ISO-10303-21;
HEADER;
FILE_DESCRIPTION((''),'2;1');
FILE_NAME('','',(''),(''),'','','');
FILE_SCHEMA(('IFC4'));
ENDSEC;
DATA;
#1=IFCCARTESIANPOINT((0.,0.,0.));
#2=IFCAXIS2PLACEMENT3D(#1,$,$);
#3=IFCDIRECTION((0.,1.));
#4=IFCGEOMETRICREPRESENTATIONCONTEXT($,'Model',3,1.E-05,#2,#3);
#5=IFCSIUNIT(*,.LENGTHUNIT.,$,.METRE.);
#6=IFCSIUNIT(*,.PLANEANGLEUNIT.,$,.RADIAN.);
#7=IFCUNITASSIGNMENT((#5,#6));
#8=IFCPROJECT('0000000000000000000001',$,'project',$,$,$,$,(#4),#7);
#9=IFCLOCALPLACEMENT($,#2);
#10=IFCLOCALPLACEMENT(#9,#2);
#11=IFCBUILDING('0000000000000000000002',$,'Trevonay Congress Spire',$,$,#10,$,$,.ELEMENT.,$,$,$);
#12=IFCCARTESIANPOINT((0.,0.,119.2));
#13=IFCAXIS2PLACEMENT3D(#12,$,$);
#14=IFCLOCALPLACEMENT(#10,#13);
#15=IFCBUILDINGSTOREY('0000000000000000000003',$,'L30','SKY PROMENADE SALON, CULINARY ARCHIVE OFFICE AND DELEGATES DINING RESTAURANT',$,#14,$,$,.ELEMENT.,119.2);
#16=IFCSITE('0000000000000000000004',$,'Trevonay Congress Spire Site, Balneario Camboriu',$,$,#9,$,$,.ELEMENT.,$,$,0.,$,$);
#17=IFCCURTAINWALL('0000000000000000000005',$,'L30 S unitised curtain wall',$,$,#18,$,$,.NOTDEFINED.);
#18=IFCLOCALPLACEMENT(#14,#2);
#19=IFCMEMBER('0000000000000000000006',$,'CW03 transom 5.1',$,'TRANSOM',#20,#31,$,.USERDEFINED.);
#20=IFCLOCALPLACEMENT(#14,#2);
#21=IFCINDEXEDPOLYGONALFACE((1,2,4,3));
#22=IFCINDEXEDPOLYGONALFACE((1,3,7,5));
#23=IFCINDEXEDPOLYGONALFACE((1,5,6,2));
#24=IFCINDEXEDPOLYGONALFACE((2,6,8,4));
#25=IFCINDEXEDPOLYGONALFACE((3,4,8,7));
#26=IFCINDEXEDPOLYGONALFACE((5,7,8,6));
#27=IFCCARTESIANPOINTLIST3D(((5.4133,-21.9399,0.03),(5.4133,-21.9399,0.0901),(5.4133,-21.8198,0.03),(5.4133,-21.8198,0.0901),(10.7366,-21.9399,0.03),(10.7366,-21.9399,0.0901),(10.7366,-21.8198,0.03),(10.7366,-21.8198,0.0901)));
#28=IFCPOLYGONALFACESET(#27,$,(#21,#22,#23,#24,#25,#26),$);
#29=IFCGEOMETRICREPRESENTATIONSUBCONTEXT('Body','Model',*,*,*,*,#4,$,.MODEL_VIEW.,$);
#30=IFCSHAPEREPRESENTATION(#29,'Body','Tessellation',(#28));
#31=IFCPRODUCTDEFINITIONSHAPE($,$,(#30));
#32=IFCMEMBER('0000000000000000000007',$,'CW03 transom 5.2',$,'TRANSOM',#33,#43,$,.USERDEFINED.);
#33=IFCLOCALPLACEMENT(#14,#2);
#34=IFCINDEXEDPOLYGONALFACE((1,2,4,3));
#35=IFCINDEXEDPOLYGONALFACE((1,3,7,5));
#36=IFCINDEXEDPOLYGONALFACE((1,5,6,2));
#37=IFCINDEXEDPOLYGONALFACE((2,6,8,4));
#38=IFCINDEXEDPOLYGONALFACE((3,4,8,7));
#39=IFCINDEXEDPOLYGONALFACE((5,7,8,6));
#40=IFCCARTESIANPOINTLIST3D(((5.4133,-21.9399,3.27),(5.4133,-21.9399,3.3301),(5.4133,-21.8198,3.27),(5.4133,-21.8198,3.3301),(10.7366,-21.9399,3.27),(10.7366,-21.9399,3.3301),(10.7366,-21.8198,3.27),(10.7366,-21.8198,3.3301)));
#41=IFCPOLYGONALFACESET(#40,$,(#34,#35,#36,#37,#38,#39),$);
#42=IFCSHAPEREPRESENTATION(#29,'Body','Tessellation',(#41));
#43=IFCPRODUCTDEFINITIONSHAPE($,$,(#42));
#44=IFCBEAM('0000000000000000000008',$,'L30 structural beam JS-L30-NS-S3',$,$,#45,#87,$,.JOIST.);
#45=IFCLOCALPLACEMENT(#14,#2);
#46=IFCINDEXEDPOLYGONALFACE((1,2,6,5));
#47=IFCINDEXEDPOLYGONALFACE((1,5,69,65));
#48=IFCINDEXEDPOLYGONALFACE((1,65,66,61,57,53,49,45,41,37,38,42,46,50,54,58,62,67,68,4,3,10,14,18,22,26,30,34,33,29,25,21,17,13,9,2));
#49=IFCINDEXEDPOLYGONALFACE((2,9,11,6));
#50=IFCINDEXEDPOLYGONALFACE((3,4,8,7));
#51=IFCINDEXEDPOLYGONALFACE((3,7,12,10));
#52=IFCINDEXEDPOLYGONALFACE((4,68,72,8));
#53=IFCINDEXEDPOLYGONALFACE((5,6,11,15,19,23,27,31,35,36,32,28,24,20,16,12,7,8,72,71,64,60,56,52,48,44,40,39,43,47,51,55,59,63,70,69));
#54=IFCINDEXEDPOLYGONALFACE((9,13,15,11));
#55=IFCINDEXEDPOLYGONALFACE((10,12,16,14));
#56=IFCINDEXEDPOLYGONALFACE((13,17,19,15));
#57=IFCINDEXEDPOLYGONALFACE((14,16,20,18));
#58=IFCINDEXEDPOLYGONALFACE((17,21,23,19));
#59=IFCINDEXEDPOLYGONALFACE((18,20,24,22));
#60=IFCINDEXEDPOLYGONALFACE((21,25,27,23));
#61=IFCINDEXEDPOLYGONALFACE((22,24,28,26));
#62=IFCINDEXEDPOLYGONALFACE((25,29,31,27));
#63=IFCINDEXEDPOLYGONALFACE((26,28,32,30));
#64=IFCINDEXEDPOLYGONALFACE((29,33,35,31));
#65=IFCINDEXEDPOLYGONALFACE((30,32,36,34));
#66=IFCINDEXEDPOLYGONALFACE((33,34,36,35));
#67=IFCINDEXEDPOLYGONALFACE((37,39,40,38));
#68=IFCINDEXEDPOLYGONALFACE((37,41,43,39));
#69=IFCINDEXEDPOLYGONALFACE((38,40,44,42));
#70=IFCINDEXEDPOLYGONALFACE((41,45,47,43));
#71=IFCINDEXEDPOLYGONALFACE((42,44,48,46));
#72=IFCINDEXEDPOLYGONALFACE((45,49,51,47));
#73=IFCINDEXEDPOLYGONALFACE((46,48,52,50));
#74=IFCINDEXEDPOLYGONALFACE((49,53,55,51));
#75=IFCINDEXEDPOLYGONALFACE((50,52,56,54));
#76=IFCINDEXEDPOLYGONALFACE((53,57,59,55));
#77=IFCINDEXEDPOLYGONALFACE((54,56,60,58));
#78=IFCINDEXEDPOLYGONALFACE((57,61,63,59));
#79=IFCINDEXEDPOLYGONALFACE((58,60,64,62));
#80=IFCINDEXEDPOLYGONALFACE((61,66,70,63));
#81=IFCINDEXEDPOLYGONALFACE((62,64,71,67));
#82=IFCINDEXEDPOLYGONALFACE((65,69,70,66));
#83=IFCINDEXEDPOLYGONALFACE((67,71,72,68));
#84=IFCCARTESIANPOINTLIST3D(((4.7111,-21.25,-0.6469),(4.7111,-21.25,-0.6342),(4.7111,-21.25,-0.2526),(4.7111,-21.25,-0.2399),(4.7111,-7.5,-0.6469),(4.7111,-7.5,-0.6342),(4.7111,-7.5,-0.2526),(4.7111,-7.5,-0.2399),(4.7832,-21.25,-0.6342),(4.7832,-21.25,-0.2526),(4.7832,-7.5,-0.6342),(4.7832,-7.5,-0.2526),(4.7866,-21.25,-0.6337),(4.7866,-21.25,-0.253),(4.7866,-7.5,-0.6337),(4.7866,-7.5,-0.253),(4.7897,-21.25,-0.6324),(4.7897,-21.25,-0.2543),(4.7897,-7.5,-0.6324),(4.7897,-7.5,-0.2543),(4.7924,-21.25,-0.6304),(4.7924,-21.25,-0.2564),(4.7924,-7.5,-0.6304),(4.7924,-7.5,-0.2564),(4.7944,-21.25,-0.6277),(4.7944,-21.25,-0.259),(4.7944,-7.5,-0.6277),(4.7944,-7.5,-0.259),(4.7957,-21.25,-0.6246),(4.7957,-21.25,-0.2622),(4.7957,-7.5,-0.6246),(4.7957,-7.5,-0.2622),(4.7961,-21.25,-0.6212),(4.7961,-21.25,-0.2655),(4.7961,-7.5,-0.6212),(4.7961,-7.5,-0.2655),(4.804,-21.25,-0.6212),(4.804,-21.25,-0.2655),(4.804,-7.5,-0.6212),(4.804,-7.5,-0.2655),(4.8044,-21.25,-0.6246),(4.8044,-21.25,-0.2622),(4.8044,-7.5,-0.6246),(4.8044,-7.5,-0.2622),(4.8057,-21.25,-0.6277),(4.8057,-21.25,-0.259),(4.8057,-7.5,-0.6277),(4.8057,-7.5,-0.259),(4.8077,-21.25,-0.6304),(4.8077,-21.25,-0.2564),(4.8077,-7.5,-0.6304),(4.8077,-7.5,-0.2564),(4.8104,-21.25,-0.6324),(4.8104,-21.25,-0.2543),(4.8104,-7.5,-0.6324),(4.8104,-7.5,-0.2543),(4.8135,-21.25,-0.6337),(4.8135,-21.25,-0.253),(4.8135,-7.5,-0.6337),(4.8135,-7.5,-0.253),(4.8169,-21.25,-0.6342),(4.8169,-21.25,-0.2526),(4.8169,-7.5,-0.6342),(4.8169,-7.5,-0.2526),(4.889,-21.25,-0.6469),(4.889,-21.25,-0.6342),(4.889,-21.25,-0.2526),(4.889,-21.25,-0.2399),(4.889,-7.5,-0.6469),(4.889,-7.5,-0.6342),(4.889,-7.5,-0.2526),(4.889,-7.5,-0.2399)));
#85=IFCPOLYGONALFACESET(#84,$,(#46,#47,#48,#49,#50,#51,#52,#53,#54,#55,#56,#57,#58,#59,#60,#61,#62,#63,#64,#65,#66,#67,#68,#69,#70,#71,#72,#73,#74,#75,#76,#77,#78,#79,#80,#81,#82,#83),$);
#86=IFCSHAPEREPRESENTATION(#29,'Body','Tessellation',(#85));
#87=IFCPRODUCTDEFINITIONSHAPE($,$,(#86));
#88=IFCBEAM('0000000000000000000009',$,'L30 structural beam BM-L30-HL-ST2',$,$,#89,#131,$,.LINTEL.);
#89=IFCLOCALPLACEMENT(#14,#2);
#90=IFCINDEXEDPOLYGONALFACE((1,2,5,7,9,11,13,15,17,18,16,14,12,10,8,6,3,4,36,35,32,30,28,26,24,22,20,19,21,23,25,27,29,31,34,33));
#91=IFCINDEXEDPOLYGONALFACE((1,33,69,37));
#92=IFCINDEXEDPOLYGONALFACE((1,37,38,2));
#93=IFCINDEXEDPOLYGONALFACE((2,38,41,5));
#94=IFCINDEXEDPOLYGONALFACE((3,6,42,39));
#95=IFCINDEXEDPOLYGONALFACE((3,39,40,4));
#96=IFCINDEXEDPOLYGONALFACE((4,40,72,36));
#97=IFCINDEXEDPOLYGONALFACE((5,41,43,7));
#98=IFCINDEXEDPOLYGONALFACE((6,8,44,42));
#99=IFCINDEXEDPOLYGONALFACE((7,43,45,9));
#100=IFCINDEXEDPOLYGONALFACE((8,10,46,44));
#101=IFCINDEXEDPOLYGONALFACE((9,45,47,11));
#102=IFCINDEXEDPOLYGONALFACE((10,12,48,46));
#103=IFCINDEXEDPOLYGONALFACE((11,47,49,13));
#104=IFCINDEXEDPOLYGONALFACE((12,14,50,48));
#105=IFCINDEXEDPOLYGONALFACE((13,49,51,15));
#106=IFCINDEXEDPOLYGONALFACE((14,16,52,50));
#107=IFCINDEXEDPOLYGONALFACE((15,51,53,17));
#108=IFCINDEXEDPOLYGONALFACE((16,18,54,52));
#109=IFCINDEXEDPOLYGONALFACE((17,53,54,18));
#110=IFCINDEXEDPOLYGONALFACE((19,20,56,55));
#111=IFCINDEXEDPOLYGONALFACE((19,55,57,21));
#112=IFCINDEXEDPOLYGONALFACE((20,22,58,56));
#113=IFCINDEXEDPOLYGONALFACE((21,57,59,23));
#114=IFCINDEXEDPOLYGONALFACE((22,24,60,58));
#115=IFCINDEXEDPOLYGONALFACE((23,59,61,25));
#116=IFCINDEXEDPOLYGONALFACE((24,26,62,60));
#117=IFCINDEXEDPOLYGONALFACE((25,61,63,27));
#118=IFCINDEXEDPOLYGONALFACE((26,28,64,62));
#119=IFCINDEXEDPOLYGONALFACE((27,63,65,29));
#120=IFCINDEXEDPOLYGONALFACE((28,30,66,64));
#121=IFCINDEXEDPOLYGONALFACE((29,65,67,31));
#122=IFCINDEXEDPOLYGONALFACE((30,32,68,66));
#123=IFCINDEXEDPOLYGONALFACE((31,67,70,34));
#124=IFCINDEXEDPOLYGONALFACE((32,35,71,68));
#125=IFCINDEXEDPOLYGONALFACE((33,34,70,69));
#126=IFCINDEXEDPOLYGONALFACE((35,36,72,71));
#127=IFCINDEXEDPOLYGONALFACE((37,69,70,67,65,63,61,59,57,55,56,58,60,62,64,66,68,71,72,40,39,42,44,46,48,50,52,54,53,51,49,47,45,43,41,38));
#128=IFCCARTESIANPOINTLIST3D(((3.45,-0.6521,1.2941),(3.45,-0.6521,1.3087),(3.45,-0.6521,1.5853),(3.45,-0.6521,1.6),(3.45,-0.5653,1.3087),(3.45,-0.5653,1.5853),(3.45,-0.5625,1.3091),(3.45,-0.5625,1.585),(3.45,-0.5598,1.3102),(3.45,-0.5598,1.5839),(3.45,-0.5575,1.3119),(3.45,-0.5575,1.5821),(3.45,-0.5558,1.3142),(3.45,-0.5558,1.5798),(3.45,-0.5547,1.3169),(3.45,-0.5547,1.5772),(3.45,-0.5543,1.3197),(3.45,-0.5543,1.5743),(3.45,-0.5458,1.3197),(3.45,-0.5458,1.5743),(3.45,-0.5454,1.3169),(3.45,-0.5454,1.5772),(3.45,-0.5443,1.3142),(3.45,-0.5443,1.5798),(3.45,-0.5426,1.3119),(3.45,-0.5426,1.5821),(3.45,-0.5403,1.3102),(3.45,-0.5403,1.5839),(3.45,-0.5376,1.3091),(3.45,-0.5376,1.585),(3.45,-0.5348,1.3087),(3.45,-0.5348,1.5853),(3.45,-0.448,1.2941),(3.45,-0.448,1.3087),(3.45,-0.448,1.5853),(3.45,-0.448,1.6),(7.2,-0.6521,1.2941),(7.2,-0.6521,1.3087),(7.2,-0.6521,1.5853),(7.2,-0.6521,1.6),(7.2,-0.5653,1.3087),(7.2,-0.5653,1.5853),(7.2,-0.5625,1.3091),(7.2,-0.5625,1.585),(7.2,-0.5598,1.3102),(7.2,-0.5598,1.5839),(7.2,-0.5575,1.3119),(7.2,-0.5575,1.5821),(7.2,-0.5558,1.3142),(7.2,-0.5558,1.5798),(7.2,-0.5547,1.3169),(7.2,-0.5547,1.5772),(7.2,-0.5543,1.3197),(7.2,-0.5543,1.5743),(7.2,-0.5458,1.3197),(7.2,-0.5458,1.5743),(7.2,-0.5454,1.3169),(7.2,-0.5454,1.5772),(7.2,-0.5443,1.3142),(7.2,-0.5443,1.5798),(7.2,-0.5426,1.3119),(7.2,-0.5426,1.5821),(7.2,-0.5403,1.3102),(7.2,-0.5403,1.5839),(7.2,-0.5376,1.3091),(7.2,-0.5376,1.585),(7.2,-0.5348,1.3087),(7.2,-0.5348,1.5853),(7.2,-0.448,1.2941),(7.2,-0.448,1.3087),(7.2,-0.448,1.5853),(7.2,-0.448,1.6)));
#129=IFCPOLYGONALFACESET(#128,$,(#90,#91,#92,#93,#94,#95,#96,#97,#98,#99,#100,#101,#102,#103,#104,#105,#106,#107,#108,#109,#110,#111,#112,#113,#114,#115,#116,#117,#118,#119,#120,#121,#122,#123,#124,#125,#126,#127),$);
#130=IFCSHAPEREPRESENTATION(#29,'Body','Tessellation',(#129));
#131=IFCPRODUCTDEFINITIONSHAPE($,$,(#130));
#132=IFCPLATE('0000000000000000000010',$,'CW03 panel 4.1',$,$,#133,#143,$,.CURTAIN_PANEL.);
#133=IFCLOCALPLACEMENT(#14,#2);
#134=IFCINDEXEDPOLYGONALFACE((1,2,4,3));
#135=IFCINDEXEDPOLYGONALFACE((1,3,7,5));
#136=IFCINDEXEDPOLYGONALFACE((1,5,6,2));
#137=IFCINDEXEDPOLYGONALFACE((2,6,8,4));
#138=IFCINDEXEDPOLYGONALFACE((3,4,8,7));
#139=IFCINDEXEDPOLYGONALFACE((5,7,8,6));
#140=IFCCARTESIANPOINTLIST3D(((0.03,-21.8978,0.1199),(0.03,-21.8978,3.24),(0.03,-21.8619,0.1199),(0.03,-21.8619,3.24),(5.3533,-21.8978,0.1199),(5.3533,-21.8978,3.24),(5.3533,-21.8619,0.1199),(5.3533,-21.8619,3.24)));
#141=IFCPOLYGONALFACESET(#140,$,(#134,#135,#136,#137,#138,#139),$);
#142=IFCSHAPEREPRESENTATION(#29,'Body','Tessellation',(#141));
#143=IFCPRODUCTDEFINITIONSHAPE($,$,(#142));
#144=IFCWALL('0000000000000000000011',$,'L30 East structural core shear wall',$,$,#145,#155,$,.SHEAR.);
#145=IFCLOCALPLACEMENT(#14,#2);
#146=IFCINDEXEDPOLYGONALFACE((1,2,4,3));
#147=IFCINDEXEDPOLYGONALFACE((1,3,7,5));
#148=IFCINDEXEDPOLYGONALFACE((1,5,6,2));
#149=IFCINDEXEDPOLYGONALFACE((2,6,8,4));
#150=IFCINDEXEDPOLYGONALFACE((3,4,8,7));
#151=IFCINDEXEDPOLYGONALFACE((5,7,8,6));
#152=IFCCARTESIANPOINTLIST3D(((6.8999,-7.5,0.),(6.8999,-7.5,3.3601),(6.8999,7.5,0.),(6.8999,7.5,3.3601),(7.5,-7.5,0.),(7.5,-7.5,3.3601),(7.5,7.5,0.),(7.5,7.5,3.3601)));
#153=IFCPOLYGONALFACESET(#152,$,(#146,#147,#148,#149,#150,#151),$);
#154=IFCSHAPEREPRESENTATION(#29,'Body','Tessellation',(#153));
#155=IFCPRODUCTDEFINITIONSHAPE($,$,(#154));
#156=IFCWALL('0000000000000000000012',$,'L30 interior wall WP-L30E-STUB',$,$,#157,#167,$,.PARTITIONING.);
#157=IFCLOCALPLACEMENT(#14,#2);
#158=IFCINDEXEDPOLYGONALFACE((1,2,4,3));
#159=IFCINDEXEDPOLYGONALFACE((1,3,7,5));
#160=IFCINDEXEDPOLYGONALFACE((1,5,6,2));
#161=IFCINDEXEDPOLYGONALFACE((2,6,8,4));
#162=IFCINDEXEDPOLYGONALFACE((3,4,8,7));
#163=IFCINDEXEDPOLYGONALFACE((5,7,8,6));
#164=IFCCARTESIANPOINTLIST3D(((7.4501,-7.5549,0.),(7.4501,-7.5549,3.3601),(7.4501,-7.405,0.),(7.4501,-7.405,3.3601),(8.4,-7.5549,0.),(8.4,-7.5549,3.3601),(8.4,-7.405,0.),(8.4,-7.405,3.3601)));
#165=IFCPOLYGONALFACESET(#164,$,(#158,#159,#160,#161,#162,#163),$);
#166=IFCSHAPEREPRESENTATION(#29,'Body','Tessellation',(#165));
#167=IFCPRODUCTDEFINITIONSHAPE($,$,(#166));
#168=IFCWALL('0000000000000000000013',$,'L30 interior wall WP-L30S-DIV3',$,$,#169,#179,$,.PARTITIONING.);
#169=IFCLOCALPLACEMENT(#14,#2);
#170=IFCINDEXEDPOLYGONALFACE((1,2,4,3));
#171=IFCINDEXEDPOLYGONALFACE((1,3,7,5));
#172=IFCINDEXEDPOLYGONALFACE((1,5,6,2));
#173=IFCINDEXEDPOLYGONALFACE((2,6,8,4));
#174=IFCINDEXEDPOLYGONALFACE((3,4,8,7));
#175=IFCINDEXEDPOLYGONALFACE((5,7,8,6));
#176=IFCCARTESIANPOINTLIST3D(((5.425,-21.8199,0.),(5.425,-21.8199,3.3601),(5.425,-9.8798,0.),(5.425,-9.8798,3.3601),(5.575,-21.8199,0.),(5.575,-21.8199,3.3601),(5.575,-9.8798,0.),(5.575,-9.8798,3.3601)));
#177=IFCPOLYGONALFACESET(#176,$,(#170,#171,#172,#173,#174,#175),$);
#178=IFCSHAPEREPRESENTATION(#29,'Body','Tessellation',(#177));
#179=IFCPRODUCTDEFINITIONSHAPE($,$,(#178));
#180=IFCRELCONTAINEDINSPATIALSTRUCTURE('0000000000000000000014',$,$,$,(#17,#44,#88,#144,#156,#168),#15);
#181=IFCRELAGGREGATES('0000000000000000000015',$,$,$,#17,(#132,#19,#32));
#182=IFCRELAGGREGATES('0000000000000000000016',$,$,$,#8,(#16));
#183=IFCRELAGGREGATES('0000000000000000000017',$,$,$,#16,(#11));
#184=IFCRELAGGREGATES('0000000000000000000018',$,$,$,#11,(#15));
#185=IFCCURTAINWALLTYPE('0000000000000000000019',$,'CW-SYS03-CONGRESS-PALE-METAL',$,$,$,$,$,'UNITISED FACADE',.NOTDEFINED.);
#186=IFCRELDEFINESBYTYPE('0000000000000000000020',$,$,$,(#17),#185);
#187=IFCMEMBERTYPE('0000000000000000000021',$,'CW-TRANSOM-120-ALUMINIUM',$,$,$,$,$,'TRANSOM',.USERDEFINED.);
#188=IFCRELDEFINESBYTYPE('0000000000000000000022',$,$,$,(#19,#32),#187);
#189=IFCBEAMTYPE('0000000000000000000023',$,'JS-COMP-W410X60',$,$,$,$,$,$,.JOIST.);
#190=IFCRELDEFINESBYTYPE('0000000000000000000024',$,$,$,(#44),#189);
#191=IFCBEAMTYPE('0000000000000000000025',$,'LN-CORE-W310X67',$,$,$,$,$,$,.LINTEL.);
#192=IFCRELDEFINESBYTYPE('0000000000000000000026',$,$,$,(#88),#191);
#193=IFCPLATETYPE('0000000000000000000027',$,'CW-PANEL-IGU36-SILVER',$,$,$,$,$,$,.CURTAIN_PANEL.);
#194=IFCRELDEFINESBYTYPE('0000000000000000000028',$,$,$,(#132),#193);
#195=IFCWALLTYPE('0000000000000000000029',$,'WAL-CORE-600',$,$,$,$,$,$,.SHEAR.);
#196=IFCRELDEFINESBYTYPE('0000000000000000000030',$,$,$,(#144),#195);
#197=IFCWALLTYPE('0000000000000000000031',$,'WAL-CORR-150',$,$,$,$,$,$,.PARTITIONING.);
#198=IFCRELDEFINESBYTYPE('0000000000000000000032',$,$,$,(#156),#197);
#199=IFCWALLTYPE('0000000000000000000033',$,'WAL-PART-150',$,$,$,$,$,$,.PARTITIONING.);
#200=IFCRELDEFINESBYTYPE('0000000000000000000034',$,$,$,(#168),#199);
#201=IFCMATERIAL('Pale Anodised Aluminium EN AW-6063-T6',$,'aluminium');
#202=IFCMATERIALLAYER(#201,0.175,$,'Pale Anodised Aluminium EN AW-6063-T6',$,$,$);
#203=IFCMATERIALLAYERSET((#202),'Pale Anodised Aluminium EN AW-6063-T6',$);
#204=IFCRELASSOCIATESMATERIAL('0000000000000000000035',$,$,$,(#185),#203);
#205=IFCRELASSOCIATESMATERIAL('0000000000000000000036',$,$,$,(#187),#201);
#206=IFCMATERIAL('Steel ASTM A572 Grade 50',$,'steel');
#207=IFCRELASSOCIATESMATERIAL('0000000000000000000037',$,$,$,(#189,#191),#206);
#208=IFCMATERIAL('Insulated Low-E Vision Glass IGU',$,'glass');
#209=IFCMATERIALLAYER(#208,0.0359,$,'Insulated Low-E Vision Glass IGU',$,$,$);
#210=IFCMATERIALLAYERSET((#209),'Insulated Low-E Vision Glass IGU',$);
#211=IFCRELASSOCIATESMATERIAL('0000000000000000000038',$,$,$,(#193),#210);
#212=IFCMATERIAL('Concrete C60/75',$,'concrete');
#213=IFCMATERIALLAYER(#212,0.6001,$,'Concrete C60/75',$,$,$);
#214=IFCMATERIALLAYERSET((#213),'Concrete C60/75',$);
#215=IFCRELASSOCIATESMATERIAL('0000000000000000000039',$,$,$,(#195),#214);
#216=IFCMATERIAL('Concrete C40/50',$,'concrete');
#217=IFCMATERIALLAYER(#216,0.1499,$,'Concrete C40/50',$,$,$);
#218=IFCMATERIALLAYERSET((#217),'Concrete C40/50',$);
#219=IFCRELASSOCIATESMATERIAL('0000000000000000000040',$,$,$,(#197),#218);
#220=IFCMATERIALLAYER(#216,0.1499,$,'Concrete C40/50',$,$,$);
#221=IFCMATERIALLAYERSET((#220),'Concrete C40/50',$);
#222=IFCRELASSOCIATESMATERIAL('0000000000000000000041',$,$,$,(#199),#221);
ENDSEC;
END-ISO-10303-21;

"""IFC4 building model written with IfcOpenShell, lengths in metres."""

from ifc_helpers import new_model, si_unit, direction, frame, frame_2d, origin, origin_2d, place, context, subcontext, project, spatial, rectangle, i_section, extrude, material, layer, layer_set, material_profile, profile_set, type_object, element, aggregate, save


model = new_model("IFC4")

# Units and contexts
model_context = context("Model", 3, precision=1e-05, world=origin(), true_north=direction((0.0, 1.0)))
body_context = subcontext(model_context, "Body", "Model", "MODEL_VIEW")
ifc_project = project(units=[si_unit("LENGTHUNIT", "METRE"), si_unit("PLANEANGLEUNIT", "RADIAN")], contexts=[model_context])

# Site, building, storey
site_placement = place(None, origin())
site = spatial("IfcSite", under=ifc_project, at=site_placement, Name="Trevonay Congress Spire Site, Balneario Camboriu", CompositionType="ELEMENT", RefElevation=0.0)
building_placement = place(site_placement, origin())
building = spatial("IfcBuilding", under=site, at=building_placement, Name="Trevonay Congress Spire", CompositionType="ELEMENT")
storey_placement = place(building_placement, frame((0.0, 0.0, 119.2)))
storey = spatial("IfcBuildingStorey", under=building, at=storey_placement, Name="L30", Description="SKY PROMENADE SALON, CULINARY ARCHIVE OFFICE AND DELEGATES DINING RESTAURANT", CompositionType="ELEMENT", Elevation=119.2)

# Shared definitions
ifc_material_1 = material(Name="Steel ASTM A572 Grade 50", Category="steel")

# Curtain wall, members
ifc_material_2 = material(Name="Pale Anodised Aluminium EN AW-6063-T6", Category="aluminium")
ifc_layer_1 = layer(ifc_material_2, 0.175, Name="Pale Anodised Aluminium EN AW-6063-T6")
ifc_layer_set_1 = layer_set([ifc_layer_1], Name="Pale Anodised Aluminium EN AW-6063-T6")
curtain_wall_type = type_object("IfcCurtainWallType", Name="CW-SYS03-CONGRESS-PALE-METAL", ElementType="UNITISED FACADE", PredefinedType="NOTDEFINED", material=ifc_layer_set_1)
curtain_wall_placement = place(storey_placement, origin())
curtain_wall = element("IfcCurtainWall", 1, at=curtain_wall_placement, inside=storey, type_object=curtain_wall_type, Name="L30 S unitised curtain wall", PredefinedType="NOTDEFINED")
ifc_material_profile_1 = material_profile(ifc_material_2, rectangle(XDim=0.1201, YDim=0.0601, at=origin_2d()), Name="CW-TRANSOM-120-ALUMINIUM")
ifc_profile_set_1 = profile_set([ifc_material_profile_1], Name="Pale Anodised Aluminium EN AW-6063-T6")
member_type_1 = type_object("IfcMemberType", Name="CW-TRANSOM-120-ALUMINIUM", ElementType="TRANSOM", PredefinedType="USERDEFINED", material=ifc_profile_set_1)
member_1_placement = place(storey_placement, frame((5.4133, -21.8799, 0.0601), z_axis=(1.0, 0.0, 0.0), x_axis=(0.0, 1.0, 0.0)))
member_1 = element("IfcMember", 2, at=member_1_placement, type_object=member_type_1, Name="CW03 transom 5.1", ObjectType="TRANSOM", PredefinedType="USERDEFINED", context=body_context, shape_type="SweptSolid", body=[
    extrude(rectangle(XDim=0.1201, YDim=0.0601, at=origin_2d()), origin(), (0.0, 0.0, 1.0), 5.3232),
])
member_2_placement = place(storey_placement, frame((5.4133, -21.8799, 3.3), z_axis=(1.0, 0.0, 0.0), x_axis=(0.0, 1.0, 0.0)))
member_2 = element("IfcMember", 3, at=member_2_placement, type_object=member_type_1, Name="CW03 transom 5.2", ObjectType="TRANSOM", PredefinedType="USERDEFINED", context=body_context, shape_type="SweptSolid", body=[
    extrude(rectangle(XDim=0.1201, YDim=0.0601, at=origin_2d()), origin(), (0.0, 0.0, 1.0), 5.3232),
])

# Beams
ifc_material_profile_2 = material_profile(ifc_material_1, i_section(OverallWidth=0.178, OverallDepth=0.407, WebThickness=0.0078, FlangeThickness=0.0127, FilletRadius=0.0129, at=origin_2d()), Name="W410x60")
ifc_profile_set_2 = profile_set([ifc_material_profile_2], Name="Steel ASTM A572 Grade 50")
beam_type_1 = type_object("IfcBeamType", Name="JS-COMP-W410X60", PredefinedType="JOIST", material=ifc_profile_set_2)
beam_1_placement = place(storey_placement, frame((4.8, -21.25, -0.4434), z_axis=(0.0, 1.0, 0.0), x_axis=(-1.0, 0.0, 0.0)))
element("IfcBeam", 4, at=beam_1_placement, inside=storey, type_object=beam_type_1, Name="L30 structural beam JS-L30-NS-S3", PredefinedType="JOIST", context=body_context, shape_type="SweptSolid", body=[
    extrude(i_section(OverallWidth=0.178, OverallDepth=0.407, WebThickness=0.0078, FlangeThickness=0.0127, FilletRadius=0.0129, at=origin_2d()), origin(), (0.0, 0.0, 1.0), 13.75),
])
ifc_material_profile_3 = material_profile(ifc_material_1, i_section(OverallWidth=0.2041, OverallDepth=0.3059, WebThickness=0.0085, FlangeThickness=0.0146, FilletRadius=0.011, at=origin_2d()), Name="W310x67")
ifc_profile_set_3 = profile_set([ifc_material_profile_3], Name="Steel ASTM A572 Grade 50")
beam_type_2 = type_object("IfcBeamType", Name="LN-CORE-W310X67", PredefinedType="LINTEL", material=ifc_profile_set_3)
beam_2_placement = place(storey_placement, frame((3.45, -0.55, 1.447), z_axis=(1.0, 0.0, 0.0), x_axis=(0.0, 1.0, 0.0)))
element("IfcBeam", 5, at=beam_2_placement, inside=storey, type_object=beam_type_2, Name="L30 structural beam BM-L30-HL-ST2", PredefinedType="LINTEL", context=body_context, shape_type="SweptSolid", body=[
    extrude(i_section(OverallWidth=0.2041, OverallDepth=0.3059, WebThickness=0.0085, FlangeThickness=0.0146, FilletRadius=0.011, at=origin_2d()), origin(), (0.0, 0.0, 1.0), 3.75),
])

# Plate
ifc_material_3 = material(Name="Insulated Low-E Vision Glass IGU", Category="glass")
ifc_layer_2 = layer(ifc_material_3, 0.0359, Name="Insulated Low-E Vision Glass IGU")
ifc_layer_set_2 = layer_set([ifc_layer_2], Name="Insulated Low-E Vision Glass IGU")
plate_type = type_object("IfcPlateType", Name="CW-PANEL-IGU36-SILVER", PredefinedType="CURTAIN_PANEL", material=ifc_layer_set_2)
plate_placement = place(storey_placement, frame((2.6917, -21.8799, 0.1199), z_axis=(0.0, 0.0, 1.0), x_axis=(1.0, 0.0, 0.0)))
plate = element("IfcPlate", 6, at=plate_placement, type_object=plate_type, Name="CW03 panel 4.1", PredefinedType="CURTAIN_PANEL", context=body_context, shape_type="SweptSolid", body=[
    extrude(rectangle(XDim=5.3232, YDim=0.0359, at=origin_2d()), origin(), (0.0, 0.0, 1.0), 3.1201),
])
aggregate(curtain_wall, [plate, member_1, member_2])

# Walls
ifc_material_4 = material(Name="Concrete C60/75", Category="concrete")
ifc_layer_3 = layer(ifc_material_4, 0.6001, Name="Concrete C60/75")
ifc_layer_set_3 = layer_set([ifc_layer_3], Name="Concrete C60/75")
wall_type_1 = type_object("IfcWallType", Name="WAL-CORE-600", PredefinedType="SHEAR", material=ifc_layer_set_3)
wall_1_placement = place(storey_placement, frame((7.2, -7.5, 0.0), z_axis=(0.0, 0.0, 1.0), x_axis=(0.0, 1.0, 0.0)))
element("IfcWall", 7, at=wall_1_placement, inside=storey, type_object=wall_type_1, Name="L30 East structural core shear wall", PredefinedType="SHEAR", context=body_context, shape_type="SweptSolid", body=[
    extrude(rectangle(XDim=15.0, YDim=0.6001, at=frame_2d((7.5, 0.0))), origin(), (0.0, 0.0, 1.0), 3.3601),
])
ifc_material_5 = material(Name="Concrete C40/50", Category="concrete")
ifc_layer_4 = layer(ifc_material_5, 0.1499, Name="Concrete C40/50")
ifc_layer_set_4 = layer_set([ifc_layer_4], Name="Concrete C40/50")
wall_type_2 = type_object("IfcWallType", Name="WAL-CORR-150", PredefinedType="PARTITIONING", material=ifc_layer_set_4)
wall_2_placement = place(storey_placement, frame((7.45, -7.48, 0.0), z_axis=(0.0, 0.0, 1.0), x_axis=(1.0, 0.0, 0.0)))
element("IfcWall", 8, at=wall_2_placement, inside=storey, type_object=wall_type_2, Name="L30 interior wall WP-L30E-STUB", PredefinedType="PARTITIONING", context=body_context, shape_type="SweptSolid", body=[
    extrude(rectangle(XDim=0.95, YDim=0.1499, at=frame_2d((0.4751, 0.0))), origin(), (0.0, 0.0, 1.0), 3.3601),
])
ifc_layer_5 = layer(ifc_material_5, 0.1499, Name="Concrete C40/50")
ifc_layer_set_5 = layer_set([ifc_layer_5], Name="Concrete C40/50")
wall_type_3 = type_object("IfcWallType", Name="WAL-PART-150", PredefinedType="PARTITIONING", material=ifc_layer_set_5)
wall_3_placement = place(storey_placement, frame((5.5, -21.8201, 0.0), z_axis=(0.0, 0.0, 1.0), x_axis=(0.0, 1.0, 0.0)))
element("IfcWall", 9, at=wall_3_placement, inside=storey, type_object=wall_type_3, Name="L30 interior wall WP-L30S-DIV3", PredefinedType="PARTITIONING", context=body_context, shape_type="SweptSolid", body=[
    extrude(rectangle(XDim=11.9402, YDim=0.1499, at=frame_2d((5.9702, 0.0))), origin(), (0.0, 0.0, 1.0), 3.3601),
])

save(model, "model.ifc")
